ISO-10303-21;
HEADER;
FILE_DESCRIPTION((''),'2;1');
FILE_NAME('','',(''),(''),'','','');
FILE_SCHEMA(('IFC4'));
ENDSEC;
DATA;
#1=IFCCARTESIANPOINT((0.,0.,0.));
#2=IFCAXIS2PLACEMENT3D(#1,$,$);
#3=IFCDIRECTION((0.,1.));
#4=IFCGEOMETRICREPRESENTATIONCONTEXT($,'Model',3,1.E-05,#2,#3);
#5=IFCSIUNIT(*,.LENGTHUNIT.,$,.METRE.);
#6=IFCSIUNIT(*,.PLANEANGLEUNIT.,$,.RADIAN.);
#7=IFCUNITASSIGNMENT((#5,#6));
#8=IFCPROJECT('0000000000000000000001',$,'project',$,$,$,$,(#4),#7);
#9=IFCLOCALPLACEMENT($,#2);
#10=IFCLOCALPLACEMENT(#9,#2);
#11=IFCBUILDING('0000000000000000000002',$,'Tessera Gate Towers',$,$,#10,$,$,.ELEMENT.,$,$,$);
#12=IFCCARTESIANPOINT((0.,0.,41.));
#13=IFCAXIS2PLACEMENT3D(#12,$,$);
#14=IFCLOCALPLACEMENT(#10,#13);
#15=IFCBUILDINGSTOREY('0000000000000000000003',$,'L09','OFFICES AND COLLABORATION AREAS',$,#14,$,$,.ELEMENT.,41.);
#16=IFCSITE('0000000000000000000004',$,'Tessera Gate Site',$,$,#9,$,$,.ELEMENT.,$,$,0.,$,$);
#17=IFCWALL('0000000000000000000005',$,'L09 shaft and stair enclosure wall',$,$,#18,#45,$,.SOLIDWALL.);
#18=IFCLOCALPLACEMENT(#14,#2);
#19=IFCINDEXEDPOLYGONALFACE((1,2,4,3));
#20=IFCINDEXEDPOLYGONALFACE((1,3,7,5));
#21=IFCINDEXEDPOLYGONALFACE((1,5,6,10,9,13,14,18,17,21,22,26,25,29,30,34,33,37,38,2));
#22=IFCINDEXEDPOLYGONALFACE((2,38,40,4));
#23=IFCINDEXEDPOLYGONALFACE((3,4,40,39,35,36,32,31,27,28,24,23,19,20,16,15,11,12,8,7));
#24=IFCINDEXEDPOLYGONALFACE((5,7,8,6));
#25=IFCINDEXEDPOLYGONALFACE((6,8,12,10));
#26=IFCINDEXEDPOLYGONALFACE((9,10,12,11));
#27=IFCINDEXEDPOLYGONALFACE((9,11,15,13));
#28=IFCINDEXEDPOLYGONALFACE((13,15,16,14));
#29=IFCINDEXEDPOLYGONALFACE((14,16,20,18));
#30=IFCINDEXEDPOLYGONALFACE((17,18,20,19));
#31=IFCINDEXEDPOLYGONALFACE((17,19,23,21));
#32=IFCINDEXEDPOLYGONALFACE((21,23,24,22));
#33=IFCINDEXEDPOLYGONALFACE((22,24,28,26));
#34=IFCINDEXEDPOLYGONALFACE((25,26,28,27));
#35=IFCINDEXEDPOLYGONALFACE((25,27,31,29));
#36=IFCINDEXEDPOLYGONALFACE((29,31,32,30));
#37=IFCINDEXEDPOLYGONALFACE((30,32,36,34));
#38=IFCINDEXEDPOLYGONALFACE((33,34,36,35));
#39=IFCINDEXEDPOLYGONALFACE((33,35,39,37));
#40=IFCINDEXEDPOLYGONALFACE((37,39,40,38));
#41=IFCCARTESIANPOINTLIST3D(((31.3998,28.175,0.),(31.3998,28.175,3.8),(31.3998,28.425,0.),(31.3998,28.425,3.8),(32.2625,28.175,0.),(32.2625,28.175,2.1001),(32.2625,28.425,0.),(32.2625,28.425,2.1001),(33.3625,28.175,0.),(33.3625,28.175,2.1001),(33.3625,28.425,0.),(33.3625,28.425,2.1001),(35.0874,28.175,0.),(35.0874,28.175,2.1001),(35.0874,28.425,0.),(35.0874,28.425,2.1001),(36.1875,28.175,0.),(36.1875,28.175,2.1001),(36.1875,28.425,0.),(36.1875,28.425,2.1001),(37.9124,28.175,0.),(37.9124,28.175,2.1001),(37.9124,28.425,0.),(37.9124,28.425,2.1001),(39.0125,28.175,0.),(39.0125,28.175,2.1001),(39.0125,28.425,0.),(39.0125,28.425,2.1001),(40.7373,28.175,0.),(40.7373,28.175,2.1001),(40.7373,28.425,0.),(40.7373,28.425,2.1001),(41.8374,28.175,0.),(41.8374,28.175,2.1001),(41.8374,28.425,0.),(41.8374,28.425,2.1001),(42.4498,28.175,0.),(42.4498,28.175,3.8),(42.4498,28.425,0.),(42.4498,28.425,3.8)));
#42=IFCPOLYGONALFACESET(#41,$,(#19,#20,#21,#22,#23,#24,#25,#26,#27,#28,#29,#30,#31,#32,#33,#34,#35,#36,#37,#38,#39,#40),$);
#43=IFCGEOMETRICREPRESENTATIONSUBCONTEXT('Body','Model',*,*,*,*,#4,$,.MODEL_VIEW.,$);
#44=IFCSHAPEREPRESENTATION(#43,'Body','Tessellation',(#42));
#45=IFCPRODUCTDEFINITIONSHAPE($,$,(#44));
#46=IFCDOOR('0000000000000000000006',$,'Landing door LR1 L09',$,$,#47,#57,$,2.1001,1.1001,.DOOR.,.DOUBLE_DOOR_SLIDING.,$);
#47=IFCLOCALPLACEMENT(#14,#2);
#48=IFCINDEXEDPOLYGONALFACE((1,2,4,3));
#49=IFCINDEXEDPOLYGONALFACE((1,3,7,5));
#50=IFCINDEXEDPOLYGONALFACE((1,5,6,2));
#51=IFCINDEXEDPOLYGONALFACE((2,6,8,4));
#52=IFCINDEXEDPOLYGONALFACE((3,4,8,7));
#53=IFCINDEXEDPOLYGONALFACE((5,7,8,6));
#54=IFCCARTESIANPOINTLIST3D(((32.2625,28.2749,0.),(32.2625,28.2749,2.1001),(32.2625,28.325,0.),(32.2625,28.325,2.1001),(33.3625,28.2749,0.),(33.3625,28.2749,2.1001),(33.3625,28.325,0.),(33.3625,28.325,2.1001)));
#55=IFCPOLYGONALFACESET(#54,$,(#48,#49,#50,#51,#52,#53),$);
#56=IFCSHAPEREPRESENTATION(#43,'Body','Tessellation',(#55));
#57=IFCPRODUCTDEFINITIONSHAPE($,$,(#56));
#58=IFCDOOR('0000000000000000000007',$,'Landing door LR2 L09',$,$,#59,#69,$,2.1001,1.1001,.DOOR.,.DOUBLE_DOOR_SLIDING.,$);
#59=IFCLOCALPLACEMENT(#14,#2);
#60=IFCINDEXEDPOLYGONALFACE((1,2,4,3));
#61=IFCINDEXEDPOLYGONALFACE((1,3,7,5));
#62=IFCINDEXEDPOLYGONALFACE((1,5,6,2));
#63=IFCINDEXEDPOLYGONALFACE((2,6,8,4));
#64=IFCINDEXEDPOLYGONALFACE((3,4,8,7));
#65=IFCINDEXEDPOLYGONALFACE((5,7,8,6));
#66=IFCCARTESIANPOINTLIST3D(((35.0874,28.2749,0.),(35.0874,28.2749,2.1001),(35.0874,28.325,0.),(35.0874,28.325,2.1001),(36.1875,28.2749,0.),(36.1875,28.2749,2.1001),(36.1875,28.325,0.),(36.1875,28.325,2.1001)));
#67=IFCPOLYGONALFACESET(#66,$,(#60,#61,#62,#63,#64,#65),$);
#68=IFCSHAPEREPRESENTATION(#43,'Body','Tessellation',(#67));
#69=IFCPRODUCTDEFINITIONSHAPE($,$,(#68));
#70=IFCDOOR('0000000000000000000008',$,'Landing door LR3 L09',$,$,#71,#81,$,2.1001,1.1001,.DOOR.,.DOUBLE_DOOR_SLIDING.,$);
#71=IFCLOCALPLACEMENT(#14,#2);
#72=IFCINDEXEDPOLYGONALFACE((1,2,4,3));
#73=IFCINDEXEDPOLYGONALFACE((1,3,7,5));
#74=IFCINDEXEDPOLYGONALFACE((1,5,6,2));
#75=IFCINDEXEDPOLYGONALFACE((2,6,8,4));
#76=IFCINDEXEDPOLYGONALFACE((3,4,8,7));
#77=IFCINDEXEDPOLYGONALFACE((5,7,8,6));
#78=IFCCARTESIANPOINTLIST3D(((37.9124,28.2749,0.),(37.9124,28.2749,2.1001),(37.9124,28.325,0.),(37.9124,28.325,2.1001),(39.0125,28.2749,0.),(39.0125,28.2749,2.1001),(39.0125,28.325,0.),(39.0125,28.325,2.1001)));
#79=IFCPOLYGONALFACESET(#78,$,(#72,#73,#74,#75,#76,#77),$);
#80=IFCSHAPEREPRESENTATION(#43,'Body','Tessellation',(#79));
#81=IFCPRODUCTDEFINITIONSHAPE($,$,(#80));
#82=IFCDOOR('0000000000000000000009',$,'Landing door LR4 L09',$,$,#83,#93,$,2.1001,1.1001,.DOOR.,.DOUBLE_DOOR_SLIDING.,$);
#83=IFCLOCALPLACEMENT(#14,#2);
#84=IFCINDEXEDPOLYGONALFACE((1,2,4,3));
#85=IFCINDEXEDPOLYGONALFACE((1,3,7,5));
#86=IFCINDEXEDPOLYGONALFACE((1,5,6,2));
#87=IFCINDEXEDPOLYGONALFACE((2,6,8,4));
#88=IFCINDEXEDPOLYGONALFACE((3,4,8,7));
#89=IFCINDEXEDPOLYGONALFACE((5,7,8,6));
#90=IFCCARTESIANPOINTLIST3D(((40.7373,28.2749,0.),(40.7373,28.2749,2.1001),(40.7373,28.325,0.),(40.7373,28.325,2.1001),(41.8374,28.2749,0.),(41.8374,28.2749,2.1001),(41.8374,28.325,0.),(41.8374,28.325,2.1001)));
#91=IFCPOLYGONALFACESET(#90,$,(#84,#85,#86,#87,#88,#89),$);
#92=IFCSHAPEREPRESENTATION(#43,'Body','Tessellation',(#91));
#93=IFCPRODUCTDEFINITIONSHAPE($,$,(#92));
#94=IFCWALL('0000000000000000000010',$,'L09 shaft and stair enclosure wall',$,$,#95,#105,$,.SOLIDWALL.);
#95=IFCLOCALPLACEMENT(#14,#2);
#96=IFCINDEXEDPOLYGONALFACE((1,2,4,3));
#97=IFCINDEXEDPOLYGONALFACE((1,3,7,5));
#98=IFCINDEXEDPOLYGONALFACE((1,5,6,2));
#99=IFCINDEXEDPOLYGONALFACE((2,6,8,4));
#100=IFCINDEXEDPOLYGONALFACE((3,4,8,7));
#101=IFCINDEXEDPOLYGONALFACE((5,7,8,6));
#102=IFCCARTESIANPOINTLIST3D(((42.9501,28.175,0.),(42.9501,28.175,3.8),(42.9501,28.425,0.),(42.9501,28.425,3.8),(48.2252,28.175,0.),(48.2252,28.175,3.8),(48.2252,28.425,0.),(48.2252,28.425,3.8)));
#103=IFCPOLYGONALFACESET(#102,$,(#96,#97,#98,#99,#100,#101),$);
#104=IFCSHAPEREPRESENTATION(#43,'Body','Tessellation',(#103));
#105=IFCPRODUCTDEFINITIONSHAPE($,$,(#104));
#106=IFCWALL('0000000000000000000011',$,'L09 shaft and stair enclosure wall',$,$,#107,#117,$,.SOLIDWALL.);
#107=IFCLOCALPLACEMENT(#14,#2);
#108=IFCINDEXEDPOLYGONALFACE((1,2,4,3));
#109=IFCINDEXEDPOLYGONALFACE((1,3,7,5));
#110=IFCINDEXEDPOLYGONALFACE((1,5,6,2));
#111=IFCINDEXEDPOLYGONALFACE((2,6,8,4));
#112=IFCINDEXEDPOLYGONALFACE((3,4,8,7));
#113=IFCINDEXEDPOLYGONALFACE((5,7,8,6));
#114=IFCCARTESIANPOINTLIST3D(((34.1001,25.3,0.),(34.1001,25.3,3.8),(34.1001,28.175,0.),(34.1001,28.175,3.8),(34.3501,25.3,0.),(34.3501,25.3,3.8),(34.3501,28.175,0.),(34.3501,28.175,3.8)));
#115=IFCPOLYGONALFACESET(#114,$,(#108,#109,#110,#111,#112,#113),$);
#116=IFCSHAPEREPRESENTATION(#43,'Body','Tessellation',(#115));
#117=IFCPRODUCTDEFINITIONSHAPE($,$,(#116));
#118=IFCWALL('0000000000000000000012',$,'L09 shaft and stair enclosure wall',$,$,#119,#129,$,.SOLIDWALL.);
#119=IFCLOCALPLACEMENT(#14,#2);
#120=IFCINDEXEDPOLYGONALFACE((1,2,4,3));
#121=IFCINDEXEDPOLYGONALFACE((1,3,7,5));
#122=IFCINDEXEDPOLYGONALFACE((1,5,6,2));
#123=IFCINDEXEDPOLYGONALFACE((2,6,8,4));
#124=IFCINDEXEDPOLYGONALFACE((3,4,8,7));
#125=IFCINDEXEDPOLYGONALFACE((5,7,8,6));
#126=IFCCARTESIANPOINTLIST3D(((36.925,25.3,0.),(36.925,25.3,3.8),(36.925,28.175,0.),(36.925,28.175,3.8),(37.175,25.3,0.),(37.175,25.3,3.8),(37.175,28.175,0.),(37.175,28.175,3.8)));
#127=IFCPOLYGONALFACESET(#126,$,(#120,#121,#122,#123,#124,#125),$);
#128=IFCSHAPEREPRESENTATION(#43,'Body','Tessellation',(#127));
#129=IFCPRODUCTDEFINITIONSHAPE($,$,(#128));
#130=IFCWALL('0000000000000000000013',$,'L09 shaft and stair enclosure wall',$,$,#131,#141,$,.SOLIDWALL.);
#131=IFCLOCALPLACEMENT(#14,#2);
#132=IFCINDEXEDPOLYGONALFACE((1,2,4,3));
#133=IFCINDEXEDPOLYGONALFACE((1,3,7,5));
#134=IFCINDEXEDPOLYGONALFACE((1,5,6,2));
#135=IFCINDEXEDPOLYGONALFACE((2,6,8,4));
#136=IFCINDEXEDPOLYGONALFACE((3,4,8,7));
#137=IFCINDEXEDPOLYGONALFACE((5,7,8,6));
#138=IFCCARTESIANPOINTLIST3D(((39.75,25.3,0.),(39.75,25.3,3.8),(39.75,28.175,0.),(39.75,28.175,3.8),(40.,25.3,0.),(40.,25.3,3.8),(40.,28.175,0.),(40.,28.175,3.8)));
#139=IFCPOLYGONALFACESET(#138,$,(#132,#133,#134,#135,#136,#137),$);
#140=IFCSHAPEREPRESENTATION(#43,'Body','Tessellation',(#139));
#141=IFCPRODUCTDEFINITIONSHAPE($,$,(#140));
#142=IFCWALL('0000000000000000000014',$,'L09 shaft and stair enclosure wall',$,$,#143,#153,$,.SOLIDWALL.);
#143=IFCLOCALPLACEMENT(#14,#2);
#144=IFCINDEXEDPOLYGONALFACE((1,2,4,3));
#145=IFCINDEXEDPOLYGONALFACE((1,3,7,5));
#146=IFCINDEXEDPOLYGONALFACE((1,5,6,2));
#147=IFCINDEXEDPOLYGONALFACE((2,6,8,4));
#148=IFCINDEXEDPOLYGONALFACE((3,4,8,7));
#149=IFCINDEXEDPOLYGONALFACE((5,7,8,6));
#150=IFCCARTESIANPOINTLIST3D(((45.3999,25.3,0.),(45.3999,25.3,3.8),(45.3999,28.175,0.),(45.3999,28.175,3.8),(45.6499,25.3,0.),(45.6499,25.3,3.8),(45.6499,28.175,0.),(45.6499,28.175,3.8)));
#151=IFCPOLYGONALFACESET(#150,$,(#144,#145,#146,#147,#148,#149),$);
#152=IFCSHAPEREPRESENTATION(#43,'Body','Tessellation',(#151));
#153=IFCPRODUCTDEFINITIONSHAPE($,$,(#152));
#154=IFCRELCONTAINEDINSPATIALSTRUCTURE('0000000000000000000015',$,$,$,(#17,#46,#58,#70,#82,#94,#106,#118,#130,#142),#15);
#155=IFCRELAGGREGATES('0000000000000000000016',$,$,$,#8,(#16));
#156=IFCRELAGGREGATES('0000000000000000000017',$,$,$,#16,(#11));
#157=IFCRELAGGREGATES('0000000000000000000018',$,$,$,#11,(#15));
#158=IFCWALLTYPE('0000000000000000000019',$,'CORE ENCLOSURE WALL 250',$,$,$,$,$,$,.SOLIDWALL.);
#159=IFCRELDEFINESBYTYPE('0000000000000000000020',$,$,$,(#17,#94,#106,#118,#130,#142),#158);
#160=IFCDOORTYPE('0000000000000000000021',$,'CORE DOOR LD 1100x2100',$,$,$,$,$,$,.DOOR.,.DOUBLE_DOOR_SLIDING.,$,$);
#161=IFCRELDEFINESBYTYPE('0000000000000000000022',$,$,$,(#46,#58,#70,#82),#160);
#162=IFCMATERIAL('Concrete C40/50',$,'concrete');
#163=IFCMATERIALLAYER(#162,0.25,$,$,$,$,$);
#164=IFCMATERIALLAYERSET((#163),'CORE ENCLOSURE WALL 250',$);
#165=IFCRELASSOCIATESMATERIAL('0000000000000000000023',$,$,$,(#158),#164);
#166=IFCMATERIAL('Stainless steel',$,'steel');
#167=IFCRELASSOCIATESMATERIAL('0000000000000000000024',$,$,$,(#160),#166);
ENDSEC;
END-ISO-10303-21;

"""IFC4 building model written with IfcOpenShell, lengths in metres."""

from ifc_helpers import new_model, si_unit, direction, frame, frame_2d, origin, place, context, subcontext, project, spatial, rectangle, extrude, source, transform, mapped, material, layer, layer_set, type_object, element, fill, save


model = new_model("IFC4")

# Units and contexts
model_context = context("Model", 3, precision=1e-05, world=origin(), true_north=direction((0.0, 1.0)))
body_context = subcontext(model_context, "Body", "Model", "MODEL_VIEW")
ifc_project = project(units=[si_unit("LENGTHUNIT", "METRE"), si_unit("PLANEANGLEUNIT", "RADIAN")], contexts=[model_context])

# Site, building, storey
site_placement = place(None, origin())
site = spatial("IfcSite", under=ifc_project, at=site_placement, Name="Tessera Gate Site", CompositionType="ELEMENT", RefElevation=0.0)
building_placement = place(site_placement, origin())
building = spatial("IfcBuilding", under=site, at=building_placement, Name="Tessera Gate Towers", CompositionType="ELEMENT")
storey_placement = place(building_placement, frame((0.0, 0.0, 41.0)))
storey = spatial("IfcBuildingStorey", under=building, at=storey_placement, Name="L09", Description="OFFICES AND COLLABORATION AREAS", CompositionType="ELEMENT", Elevation=41.0)

# Wall, openings, doors
ifc_material_1 = material(Name="Concrete C40/50", Category="concrete")
ifc_layer_1 = layer(ifc_material_1, 0.25)
ifc_layer_set_1 = layer_set([ifc_layer_1], Name="CORE ENCLOSURE WALL 250")
wall_type_1 = type_object("IfcWallType", Name="CORE ENCLOSURE WALL 250", PredefinedType="SOLIDWALL", material=ifc_layer_set_1)
wall_1_placement = place(storey_placement, frame((31.3999, 28.3, 0.0), z_axis=(0.0, 0.0, 1.0), x_axis=(1.0, 0.0, 0.0)))
wall_1 = element("IfcWall", 1, at=wall_1_placement, inside=storey, type_object=wall_type_1, Name="L09 shaft and stair enclosure wall", PredefinedType="SOLIDWALL", context=body_context, shape_type="SweptSolid", body=[
    extrude(rectangle(XDim=11.05, YDim=0.25, at=frame_2d((5.5249, 0.0))), origin(), (0.0, 0.0, 1.0), 3.8),
])
shared_shape_1 = source(origin(), body_context, "Body", "SweptSolid", [
    extrude(rectangle(XDim=1.1001, YDim=2.1001, at=frame_2d((0.55, 1.05))), frame((0.0, 0.135, 0.0), z_axis=(0.0, -1.0, 0.0), x_axis=(1.0, 0.0, 0.0)), (0.0, 0.0, 1.0), 0.27),
])
opening_1_placement = place(wall_1_placement, frame((0.8625, 0.0, 0.0)))
opening_1 = element("IfcOpeningElement", 2, at=opening_1_placement, cuts=wall_1, PredefinedType="OPENING", context=body_context, shape_type="MappedRepresentation", body=[
    mapped(shared_shape_1, transform((0.0, 0.0, 0.0), scale=1.0)),
])
opening_2_placement = place(wall_1_placement, frame((3.6875, 0.0, 0.0)))
opening_2 = element("IfcOpeningElement", 3, at=opening_2_placement, cuts=wall_1, PredefinedType="OPENING", context=body_context, shape_type="MappedRepresentation", body=[
    mapped(shared_shape_1, transform((0.0, 0.0, 0.0), scale=1.0)),
])
opening_3_placement = place(wall_1_placement, frame((6.5125, 0.0, 0.0)))
opening_3 = element("IfcOpeningElement", 4, at=opening_3_placement, cuts=wall_1, PredefinedType="OPENING", context=body_context, shape_type="MappedRepresentation", body=[
    mapped(shared_shape_1, transform((0.0, 0.0, 0.0), scale=1.0)),
])
opening_4_placement = place(wall_1_placement, frame((9.3374, 0.0, 0.0)))
opening_4 = element("IfcOpeningElement", 5, at=opening_4_placement, cuts=wall_1, PredefinedType="OPENING", context=body_context, shape_type="MappedRepresentation", body=[
    mapped(shared_shape_1, transform((0.0, 0.0, 0.0), scale=1.0)),
])
ifc_material_2 = material(Name="Stainless steel", Category="steel")
door_type_1 = type_object("IfcDoorType", Name="CORE DOOR LD 1100x2100", OperationType="DOUBLE_DOOR_SLIDING", PredefinedType="DOOR", material=ifc_material_2)
shared_shape_2 = source(origin(), body_context, "Body", "SweptSolid", [
    extrude(rectangle(XDim=1.1001, YDim=2.1001, at=frame_2d((0.55, 1.05))), frame((0.0, 0.0249, 0.0), z_axis=(0.0, -1.0, 0.0), x_axis=(1.0, 0.0, 0.0)), (0.0, 0.0, 1.0), 0.05),
])
door_1_placement = place(opening_1_placement, origin())
door_1 = element("IfcDoor", 6, at=door_1_placement, inside=storey, type_object=door_type_1, Name="Landing door LR1 L09", OperationType="DOUBLE_DOOR_SLIDING", OverallHeight=2.1001, OverallWidth=1.1001, PredefinedType="DOOR", context=body_context, shape_type="MappedRepresentation", body=[
    mapped(shared_shape_2, transform((0.0, 0.0, 0.0), scale=1.0)),
])
fill(opening_1, door_1)
door_2_placement = place(opening_2_placement, origin())
door_2 = element("IfcDoor", 7, at=door_2_placement, inside=storey, type_object=door_type_1, Name="Landing door LR2 L09", OperationType="DOUBLE_DOOR_SLIDING", OverallHeight=2.1001, OverallWidth=1.1001, PredefinedType="DOOR", context=body_context, shape_type="MappedRepresentation", body=[
    mapped(shared_shape_2, transform((0.0, 0.0, 0.0), scale=1.0)),
])
fill(opening_2, door_2)
door_3_placement = place(opening_3_placement, origin())
door_3 = element("IfcDoor", 8, at=door_3_placement, inside=storey, type_object=door_type_1, Name="Landing door LR3 L09", OperationType="DOUBLE_DOOR_SLIDING", OverallHeight=2.1001, OverallWidth=1.1001, PredefinedType="DOOR", context=body_context, shape_type="MappedRepresentation", body=[
    mapped(shared_shape_2, transform((0.0, 0.0, 0.0), scale=1.0)),
])
fill(opening_3, door_3)
door_4_placement = place(opening_4_placement, origin())
door_4 = element("IfcDoor", 9, at=door_4_placement, inside=storey, type_object=door_type_1, Name="Landing door LR4 L09", OperationType="DOUBLE_DOOR_SLIDING", OverallHeight=2.1001, OverallWidth=1.1001, PredefinedType="DOOR", context=body_context, shape_type="MappedRepresentation", body=[
    mapped(shared_shape_2, transform((0.0, 0.0, 0.0), scale=1.0)),
])
fill(opening_4, door_4)

# Walls
wall_2_placement = place(storey_placement, frame((42.95, 28.3, 0.0), z_axis=(0.0, 0.0, 1.0), x_axis=(1.0, 0.0, 0.0)))
element("IfcWall", 10, at=wall_2_placement, inside=storey, type_object=wall_type_1, Name="L09 shaft and stair enclosure wall", PredefinedType="SOLIDWALL", context=body_context, shape_type="SweptSolid", body=[
    extrude(rectangle(XDim=5.2751, YDim=0.25, at=frame_2d((2.6377, 0.0))), origin(), (0.0, 0.0, 1.0), 3.8),
])
for number, where, z_axis, x_axis, name in (
    (11, (34.2251, 25.3, 0.0), (0.0, 0.0, 1.0), (0.0, 1.0, 0.0), "L09 shaft and stair enclosure wall"),
    (12, (37.05, 25.3, 0.0), (0.0, 0.0, 1.0), (0.0, 1.0, 0.0), "L09 shaft and stair enclosure wall"),
    (13, (39.875, 25.3, 0.0), (0.0, 0.0, 1.0), (0.0, 1.0, 0.0), "L09 shaft and stair enclosure wall"),
    (14, (45.5249, 25.3, 0.0), (0.0, 0.0, 1.0), (0.0, 1.0, 0.0), "L09 shaft and stair enclosure wall"),
):
    element("IfcWall", number, at=place(storey_placement, frame(where, z_axis=z_axis, x_axis=x_axis)), inside=storey, type_object=wall_type_1, Name=name, PredefinedType="SOLIDWALL", context=body_context, shape_type="SweptSolid", body=[
        extrude(rectangle(XDim=2.875, YDim=0.25, at=frame_2d((1.4375, 0.0))), origin(), (0.0, 0.0, 1.0), 3.8),
    ])

save(model, "model.ifc")
